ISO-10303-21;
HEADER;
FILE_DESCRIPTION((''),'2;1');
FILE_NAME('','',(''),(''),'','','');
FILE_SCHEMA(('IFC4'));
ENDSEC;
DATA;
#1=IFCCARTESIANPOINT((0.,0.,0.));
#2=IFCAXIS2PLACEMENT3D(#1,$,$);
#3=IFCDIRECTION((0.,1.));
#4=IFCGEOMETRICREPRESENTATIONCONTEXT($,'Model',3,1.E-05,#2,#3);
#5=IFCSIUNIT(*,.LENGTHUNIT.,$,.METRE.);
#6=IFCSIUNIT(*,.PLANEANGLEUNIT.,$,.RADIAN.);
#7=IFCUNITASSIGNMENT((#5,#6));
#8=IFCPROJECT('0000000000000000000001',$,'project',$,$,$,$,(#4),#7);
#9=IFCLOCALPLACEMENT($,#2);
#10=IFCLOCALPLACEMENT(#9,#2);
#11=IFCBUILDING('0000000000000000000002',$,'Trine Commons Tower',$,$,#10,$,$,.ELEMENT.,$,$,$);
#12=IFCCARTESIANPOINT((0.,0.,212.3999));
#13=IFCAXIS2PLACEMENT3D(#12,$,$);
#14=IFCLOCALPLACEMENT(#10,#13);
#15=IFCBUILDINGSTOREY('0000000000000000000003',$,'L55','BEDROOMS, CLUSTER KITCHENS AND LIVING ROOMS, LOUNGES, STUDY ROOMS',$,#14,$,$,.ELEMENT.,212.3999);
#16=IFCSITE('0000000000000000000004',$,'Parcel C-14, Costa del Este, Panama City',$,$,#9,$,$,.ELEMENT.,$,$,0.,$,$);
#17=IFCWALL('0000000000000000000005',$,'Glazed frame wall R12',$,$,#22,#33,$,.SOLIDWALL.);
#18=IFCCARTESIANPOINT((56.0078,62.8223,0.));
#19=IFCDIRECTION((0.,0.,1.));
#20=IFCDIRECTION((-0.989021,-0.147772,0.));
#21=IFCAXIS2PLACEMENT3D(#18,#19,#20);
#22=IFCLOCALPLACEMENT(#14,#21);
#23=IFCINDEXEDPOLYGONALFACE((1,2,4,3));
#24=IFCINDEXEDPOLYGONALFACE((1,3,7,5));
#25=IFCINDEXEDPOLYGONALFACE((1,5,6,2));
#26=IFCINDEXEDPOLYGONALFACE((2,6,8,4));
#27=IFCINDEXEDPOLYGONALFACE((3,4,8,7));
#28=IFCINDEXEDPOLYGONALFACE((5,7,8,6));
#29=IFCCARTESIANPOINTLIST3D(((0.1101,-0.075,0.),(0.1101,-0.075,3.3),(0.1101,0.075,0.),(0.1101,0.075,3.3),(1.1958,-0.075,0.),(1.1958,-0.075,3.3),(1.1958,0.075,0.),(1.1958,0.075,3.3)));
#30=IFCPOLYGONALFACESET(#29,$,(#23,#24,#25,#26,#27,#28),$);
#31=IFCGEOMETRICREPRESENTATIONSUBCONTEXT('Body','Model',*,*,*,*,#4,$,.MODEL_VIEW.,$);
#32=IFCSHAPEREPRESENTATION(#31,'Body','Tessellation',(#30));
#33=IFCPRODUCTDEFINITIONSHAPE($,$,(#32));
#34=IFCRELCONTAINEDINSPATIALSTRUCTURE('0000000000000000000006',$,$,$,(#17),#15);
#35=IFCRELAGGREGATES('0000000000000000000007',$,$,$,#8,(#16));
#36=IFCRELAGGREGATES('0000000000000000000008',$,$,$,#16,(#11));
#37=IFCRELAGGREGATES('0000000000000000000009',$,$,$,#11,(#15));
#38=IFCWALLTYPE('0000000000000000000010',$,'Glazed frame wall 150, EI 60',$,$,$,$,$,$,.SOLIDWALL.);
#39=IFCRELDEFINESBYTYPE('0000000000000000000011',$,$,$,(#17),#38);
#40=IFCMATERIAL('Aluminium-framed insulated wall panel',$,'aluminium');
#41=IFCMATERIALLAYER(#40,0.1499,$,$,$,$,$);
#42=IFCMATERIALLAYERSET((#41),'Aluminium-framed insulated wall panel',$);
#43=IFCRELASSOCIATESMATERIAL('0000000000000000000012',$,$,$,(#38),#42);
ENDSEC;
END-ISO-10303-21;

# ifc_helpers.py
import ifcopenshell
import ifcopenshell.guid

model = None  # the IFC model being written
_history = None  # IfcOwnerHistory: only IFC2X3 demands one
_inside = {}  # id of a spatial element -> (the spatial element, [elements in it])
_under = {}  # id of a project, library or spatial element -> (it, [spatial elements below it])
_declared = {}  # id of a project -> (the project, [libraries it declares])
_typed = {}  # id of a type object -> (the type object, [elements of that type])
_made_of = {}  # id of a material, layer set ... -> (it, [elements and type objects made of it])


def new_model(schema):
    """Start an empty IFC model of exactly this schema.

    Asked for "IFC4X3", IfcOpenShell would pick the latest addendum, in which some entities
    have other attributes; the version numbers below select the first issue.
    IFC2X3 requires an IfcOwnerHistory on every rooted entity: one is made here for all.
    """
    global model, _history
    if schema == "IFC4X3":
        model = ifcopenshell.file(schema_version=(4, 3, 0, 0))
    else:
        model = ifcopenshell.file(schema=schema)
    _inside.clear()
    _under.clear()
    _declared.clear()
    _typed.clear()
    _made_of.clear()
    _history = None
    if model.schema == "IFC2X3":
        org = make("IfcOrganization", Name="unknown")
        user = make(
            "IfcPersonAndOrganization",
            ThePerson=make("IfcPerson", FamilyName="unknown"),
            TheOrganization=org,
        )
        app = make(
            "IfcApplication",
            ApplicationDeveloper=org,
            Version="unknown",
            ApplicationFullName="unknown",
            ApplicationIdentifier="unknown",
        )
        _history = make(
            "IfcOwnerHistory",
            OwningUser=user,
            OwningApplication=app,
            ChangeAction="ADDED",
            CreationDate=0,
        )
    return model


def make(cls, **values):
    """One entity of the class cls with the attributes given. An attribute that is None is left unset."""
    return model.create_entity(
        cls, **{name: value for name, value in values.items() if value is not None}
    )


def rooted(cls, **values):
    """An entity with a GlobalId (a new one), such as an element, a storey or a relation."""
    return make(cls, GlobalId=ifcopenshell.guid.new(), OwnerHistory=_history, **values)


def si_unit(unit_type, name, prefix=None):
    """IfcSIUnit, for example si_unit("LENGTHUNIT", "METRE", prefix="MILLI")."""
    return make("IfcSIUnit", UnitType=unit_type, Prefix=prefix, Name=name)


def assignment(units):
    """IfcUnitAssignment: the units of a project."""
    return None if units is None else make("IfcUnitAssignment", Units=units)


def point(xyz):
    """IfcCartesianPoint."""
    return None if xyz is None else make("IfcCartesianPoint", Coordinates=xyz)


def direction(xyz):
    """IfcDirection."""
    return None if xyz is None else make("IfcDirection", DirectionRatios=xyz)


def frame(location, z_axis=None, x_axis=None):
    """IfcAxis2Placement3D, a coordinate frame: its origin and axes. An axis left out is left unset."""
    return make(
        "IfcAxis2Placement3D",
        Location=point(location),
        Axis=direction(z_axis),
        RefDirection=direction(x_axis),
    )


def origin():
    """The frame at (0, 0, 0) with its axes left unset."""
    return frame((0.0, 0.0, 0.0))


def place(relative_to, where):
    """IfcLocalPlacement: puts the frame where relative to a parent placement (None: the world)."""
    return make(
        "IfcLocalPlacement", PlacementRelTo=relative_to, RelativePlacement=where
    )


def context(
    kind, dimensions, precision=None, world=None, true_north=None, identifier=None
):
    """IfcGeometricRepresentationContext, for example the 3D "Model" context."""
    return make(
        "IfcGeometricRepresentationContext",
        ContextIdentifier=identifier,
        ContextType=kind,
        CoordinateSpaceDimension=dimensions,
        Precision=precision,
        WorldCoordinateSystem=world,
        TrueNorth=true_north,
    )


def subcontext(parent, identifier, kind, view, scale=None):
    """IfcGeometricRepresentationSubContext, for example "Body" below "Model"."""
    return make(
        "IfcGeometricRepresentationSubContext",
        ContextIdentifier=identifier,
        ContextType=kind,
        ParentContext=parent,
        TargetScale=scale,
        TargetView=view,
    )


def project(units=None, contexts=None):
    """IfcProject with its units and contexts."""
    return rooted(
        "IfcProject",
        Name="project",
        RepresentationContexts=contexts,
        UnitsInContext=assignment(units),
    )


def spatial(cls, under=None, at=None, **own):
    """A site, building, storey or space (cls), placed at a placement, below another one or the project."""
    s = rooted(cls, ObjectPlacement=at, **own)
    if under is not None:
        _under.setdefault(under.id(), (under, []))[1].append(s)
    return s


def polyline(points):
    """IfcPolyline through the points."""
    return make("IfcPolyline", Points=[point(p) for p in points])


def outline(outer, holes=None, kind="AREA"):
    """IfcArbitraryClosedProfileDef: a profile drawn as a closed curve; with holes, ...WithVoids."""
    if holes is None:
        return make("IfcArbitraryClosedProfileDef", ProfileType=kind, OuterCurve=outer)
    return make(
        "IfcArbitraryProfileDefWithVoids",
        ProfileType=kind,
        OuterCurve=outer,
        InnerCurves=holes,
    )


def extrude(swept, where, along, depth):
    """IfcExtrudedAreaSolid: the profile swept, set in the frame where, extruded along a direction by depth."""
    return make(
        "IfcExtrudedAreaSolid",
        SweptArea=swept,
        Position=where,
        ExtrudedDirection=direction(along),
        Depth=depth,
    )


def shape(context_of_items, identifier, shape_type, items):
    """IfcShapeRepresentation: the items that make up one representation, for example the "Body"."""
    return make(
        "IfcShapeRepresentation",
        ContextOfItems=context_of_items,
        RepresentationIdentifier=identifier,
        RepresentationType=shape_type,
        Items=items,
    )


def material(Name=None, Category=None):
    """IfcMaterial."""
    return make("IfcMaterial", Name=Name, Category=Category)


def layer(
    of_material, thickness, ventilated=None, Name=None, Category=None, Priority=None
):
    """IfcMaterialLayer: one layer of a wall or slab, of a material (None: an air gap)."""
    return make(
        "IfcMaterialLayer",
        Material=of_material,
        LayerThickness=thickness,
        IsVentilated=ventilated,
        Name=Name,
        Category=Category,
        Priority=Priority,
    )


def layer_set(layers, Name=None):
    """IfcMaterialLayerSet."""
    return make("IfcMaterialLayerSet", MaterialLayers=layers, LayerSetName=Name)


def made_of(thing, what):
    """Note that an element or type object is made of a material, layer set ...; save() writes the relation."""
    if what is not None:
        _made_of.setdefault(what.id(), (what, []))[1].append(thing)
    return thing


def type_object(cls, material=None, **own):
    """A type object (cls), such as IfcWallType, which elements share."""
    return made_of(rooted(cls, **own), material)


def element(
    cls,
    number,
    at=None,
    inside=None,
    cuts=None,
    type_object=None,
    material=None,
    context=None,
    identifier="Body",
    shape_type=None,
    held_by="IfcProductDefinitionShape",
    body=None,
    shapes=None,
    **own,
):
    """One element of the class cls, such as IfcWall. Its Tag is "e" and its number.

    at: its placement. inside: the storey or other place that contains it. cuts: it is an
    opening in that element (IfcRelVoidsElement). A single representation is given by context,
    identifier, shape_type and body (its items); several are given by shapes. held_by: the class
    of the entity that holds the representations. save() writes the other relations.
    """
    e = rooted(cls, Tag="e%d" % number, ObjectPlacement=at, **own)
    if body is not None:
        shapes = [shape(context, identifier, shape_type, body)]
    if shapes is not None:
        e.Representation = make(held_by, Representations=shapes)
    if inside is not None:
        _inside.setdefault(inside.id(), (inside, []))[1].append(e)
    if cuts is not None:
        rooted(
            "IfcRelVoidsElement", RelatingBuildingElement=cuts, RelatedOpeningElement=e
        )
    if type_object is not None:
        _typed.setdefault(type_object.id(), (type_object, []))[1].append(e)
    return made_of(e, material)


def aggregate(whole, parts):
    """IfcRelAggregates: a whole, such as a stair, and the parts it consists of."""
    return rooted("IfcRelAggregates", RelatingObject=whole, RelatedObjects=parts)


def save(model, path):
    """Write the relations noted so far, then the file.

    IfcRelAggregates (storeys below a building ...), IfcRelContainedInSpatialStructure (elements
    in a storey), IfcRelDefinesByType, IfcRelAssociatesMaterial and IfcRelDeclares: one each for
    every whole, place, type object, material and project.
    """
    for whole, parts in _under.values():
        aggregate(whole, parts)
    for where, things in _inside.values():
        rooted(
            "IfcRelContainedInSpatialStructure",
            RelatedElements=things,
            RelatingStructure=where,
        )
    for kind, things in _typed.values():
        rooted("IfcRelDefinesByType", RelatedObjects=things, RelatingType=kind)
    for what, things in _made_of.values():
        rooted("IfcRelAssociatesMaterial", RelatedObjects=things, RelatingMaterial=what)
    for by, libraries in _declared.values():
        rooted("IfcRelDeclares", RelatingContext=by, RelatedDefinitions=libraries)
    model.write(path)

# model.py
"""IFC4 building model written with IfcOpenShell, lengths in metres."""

from ifc_helpers import new_model, si_unit, direction, frame, origin, place, context, subcontext, project, spatial, polyline, outline, extrude, material, layer, layer_set, type_object, element, save


model = new_model("IFC4")

# Units and contexts
model_context = context("Model", 3, precision=1e-05, world=origin(), true_north=direction((0.0, 1.0)))
body_context = subcontext(model_context, "Body", "Model", "MODEL_VIEW")
ifc_project = project(units=[si_unit("LENGTHUNIT", "METRE"), si_unit("PLANEANGLEUNIT", "RADIAN")], contexts=[model_context])

# Site, building, storey
site_placement = place(None, origin())
site = spatial("IfcSite", under=ifc_project, at=site_placement, Name="Parcel C-14, Costa del Este, Panama City", CompositionType="ELEMENT", RefElevation=0.0)
building_placement = place(site_placement, origin())
building = spatial("IfcBuilding", under=site, at=building_placement, Name="Trine Commons Tower", CompositionType="ELEMENT")
storey_placement = place(building_placement, frame((0.0, 0.0, 212.3999)))
storey = spatial("IfcBuildingStorey", under=building, at=storey_placement, Name="L55", Description="BEDROOMS, CLUSTER KITCHENS AND LIVING ROOMS, LOUNGES, STUDY ROOMS", CompositionType="ELEMENT", Elevation=212.3999)

# Shared definitions
ifc_material_1 = material(Name="Aluminium-framed insulated wall panel", Category="aluminium")
ifc_layer_1 = layer(ifc_material_1, 0.1499)
ifc_layer_set_1 = layer_set([ifc_layer_1], Name="Aluminium-framed insulated wall panel")
wall_type_1 = type_object("IfcWallType", Name="Glazed frame wall 150, EI 60", PredefinedType="SOLIDWALL", material=ifc_layer_set_1)

# Wall
wall_1_placement = place(storey_placement, frame((56.0078, 62.8223, 0.0), z_axis=(0.0, 0.0, 1.0), x_axis=(-0.989021, -0.147772, 0.0)))
element("IfcWall", 1, at=wall_1_placement, inside=storey, type_object=wall_type_1, Name="Glazed frame wall R12", PredefinedType="SOLIDWALL", context=body_context, shape_type="SweptSolid", body=[
    extrude(outline(polyline([(0.1101, 0.075), (0.1101, -0.075), (1.1958, -0.075), (1.1958, 0.075), (0.1101, 0.075)])), origin(), (0.0, 0.0, 1.0), 3.3),
])

save(model, "model.ifc")
